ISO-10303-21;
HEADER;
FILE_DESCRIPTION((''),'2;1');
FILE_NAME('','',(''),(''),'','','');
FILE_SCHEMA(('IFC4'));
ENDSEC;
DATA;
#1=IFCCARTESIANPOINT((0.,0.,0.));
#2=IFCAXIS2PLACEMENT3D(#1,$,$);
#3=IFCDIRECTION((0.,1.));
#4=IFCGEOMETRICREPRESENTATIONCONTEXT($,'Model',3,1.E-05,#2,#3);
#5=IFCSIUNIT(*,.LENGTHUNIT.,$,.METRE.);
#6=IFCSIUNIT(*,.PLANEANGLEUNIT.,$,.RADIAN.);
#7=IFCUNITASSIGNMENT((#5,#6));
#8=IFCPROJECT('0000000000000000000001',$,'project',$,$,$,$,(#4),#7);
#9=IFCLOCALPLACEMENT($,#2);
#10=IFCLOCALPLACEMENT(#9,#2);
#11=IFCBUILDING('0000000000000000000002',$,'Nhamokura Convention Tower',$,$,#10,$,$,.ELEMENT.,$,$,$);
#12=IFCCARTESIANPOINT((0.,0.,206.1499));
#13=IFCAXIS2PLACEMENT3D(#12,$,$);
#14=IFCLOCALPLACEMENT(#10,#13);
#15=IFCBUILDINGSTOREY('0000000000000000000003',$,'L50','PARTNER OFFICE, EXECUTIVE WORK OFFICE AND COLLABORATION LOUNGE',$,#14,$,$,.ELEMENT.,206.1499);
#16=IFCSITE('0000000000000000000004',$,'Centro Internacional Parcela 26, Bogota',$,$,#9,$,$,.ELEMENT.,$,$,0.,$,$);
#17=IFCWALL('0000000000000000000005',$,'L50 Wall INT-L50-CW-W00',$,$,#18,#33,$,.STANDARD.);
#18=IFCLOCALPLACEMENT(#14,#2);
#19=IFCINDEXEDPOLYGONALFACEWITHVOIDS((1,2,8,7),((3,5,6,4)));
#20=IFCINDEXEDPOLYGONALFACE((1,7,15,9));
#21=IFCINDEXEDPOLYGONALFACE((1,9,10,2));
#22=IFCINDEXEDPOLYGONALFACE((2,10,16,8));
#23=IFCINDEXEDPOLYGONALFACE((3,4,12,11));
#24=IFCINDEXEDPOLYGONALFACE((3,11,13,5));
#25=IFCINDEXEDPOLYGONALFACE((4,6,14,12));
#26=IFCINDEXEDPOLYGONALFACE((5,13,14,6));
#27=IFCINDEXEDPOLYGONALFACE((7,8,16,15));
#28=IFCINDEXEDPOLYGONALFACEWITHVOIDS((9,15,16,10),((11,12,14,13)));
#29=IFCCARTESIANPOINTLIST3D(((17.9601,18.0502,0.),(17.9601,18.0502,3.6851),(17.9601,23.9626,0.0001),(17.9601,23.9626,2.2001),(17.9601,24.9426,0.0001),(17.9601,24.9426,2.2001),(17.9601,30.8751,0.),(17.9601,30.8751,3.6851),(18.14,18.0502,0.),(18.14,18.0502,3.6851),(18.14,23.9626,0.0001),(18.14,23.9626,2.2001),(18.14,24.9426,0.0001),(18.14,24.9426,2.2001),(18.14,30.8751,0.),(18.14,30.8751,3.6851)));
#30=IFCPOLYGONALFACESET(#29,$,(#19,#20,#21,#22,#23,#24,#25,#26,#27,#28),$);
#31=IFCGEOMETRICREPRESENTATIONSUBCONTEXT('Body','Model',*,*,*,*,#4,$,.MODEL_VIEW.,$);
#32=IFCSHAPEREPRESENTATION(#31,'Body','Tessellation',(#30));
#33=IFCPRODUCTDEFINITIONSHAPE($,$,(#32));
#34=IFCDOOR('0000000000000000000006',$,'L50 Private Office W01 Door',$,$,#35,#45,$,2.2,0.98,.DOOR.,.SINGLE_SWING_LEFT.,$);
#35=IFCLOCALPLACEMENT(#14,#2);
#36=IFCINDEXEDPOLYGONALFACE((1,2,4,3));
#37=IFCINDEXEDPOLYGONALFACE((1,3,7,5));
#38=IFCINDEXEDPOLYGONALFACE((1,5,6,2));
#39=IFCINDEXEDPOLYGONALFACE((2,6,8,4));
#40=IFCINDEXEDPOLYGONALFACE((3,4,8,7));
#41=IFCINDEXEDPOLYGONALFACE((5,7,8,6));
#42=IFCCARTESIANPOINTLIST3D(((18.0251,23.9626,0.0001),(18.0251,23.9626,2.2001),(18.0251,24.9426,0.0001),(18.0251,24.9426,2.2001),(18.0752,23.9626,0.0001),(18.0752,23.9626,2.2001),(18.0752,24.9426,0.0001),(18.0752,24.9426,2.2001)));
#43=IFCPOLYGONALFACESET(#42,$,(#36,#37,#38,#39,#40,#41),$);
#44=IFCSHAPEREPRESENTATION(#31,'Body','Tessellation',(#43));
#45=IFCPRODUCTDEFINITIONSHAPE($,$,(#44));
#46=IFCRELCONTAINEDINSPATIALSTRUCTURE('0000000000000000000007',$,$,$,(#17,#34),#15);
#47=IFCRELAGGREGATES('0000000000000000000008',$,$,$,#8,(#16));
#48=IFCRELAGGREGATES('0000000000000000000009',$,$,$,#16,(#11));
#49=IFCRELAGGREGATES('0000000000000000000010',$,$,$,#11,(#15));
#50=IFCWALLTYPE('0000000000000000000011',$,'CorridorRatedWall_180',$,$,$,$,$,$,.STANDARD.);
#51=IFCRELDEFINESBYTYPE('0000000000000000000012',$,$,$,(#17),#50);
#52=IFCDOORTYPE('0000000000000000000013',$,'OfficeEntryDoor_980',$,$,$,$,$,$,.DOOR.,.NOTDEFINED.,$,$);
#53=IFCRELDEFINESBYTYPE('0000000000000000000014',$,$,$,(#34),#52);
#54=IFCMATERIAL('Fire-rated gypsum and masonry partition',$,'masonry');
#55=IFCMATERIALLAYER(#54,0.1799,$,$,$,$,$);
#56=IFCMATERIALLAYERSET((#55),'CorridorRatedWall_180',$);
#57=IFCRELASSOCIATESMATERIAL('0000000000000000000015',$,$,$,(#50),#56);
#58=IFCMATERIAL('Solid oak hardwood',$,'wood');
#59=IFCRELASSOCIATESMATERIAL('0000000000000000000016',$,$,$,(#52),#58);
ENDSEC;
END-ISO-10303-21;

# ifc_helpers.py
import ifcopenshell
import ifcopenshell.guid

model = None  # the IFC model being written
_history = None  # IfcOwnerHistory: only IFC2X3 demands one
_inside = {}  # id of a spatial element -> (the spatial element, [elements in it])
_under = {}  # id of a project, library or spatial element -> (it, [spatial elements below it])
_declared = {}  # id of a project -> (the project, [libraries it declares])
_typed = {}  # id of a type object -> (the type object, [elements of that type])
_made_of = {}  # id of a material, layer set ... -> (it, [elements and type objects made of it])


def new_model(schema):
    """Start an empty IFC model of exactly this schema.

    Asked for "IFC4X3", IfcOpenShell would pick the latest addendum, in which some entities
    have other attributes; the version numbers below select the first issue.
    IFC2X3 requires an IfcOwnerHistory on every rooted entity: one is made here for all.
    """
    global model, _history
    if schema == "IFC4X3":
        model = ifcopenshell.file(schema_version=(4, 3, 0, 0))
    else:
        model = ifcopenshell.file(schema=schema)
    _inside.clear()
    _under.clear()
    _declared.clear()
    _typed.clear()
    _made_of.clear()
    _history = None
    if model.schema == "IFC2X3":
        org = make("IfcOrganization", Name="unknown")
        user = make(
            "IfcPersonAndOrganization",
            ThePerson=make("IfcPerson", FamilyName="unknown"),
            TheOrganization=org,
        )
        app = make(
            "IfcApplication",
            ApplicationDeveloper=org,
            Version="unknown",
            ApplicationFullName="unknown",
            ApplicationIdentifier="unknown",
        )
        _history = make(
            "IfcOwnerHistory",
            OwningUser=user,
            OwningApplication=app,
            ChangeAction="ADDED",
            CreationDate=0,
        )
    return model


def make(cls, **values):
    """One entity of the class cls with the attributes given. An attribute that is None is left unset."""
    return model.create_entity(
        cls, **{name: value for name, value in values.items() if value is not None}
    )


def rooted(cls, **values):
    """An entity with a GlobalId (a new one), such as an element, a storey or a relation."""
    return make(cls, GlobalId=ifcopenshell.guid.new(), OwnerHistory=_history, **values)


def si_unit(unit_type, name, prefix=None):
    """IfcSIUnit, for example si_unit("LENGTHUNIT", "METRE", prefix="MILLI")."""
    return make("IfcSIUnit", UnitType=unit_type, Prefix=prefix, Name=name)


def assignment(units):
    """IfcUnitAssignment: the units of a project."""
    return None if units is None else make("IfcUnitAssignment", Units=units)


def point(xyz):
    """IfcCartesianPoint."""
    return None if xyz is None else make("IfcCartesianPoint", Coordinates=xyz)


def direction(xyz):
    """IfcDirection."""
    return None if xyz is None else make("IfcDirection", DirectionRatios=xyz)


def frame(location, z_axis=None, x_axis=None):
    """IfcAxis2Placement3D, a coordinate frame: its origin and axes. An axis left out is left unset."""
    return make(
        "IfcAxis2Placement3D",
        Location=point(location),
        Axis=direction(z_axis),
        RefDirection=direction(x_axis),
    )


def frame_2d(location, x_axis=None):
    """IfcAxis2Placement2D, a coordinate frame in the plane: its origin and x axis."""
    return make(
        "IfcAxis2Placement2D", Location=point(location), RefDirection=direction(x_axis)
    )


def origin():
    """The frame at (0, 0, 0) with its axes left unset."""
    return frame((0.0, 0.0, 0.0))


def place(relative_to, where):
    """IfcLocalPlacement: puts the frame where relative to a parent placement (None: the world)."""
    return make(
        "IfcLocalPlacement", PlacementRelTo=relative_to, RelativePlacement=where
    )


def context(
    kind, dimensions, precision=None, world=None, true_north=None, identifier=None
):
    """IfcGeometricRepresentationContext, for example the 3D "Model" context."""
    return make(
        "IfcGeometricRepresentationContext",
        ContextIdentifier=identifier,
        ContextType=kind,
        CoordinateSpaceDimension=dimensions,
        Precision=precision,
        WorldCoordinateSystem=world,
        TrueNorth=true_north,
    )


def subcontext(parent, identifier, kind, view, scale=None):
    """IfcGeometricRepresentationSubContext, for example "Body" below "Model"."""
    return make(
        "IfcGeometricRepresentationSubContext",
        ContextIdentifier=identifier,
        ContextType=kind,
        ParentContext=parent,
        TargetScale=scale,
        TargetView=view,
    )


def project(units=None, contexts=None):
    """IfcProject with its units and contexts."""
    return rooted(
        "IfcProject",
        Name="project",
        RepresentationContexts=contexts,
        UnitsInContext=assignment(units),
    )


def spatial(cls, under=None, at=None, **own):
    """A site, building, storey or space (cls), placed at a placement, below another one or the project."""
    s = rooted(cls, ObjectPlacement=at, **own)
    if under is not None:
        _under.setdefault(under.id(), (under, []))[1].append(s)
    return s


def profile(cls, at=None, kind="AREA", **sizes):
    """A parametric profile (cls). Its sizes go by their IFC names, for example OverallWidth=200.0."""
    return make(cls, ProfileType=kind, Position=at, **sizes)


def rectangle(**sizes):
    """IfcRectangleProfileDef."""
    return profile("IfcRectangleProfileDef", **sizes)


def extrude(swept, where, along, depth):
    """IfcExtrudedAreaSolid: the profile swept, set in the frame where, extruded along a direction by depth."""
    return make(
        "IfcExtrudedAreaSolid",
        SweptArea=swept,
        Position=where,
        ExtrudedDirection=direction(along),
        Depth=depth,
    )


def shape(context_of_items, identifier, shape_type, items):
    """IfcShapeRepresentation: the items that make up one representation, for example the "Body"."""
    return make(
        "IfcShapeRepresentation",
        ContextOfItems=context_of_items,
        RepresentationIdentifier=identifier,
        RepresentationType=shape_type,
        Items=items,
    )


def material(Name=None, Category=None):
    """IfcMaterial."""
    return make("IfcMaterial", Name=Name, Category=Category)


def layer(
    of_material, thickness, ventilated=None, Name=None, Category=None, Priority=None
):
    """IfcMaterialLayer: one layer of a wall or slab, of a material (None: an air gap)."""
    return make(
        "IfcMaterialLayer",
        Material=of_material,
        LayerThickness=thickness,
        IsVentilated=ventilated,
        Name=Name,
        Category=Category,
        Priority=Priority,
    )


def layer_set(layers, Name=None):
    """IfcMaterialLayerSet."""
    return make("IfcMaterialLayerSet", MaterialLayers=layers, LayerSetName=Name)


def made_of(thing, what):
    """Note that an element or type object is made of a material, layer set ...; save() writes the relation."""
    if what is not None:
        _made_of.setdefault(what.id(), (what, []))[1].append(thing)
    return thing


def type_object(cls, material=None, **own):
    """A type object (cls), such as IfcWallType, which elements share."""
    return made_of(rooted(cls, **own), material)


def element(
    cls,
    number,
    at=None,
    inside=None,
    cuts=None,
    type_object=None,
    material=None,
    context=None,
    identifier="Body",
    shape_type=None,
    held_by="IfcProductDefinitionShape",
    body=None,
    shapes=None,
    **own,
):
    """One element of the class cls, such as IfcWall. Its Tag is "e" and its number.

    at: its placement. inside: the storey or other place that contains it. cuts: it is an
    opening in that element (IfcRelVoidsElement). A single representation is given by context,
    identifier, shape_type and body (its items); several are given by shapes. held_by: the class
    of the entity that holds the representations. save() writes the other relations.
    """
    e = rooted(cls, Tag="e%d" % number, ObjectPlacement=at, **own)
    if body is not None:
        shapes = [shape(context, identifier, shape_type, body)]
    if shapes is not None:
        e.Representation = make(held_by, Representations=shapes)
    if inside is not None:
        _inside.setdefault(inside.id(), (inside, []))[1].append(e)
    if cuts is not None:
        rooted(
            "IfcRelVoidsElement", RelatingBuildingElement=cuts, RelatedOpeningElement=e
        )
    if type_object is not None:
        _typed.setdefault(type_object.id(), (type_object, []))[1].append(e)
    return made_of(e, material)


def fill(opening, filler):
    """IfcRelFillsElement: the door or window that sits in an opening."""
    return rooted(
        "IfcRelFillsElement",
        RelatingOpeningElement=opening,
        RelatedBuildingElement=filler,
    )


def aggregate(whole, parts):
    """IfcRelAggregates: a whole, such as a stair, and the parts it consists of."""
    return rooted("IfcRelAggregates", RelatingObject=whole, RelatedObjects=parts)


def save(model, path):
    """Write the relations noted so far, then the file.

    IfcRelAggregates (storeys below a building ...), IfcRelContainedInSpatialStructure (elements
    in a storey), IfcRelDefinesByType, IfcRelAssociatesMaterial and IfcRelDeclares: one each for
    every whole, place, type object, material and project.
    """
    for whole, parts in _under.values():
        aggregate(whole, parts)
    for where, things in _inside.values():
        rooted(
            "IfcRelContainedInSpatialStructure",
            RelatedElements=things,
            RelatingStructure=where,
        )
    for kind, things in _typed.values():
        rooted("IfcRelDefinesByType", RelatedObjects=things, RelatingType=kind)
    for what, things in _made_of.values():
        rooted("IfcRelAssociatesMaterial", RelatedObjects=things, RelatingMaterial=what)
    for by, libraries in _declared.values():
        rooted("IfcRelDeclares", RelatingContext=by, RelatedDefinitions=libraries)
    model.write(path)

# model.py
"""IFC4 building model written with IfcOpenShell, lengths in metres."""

from ifc_helpers import new_model, si_unit, direction, frame, frame_2d, origin, place, context, subcontext, project, spatial, rectangle, extrude, material, layer, layer_set, type_object, element, fill, save


model = new_model("IFC4")

# Units and contexts
model_context = context("Model", 3, precision=1e-05, world=origin(), true_north=direction((0.0, 1.0)))
body_context = subcontext(model_context, "Body", "Model", "MODEL_VIEW")
ifc_project = project(units=[si_unit("LENGTHUNIT", "METRE"), si_unit("PLANEANGLEUNIT", "RADIAN")], contexts=[model_context])

# Site, building, storey
site_placement = place(None, origin())
site = spatial("IfcSite", under=ifc_project, at=site_placement, Name="Centro Internacional Parcela 26, Bogota", CompositionType="ELEMENT", RefElevation=0.0)
building_placement = place(site_placement, origin())
building = spatial("IfcBuilding", under=site, at=building_placement, Name="Nhamokura Convention Tower", CompositionType="ELEMENT")
storey_placement = place(building_placement, frame((0.0, 0.0, 206.1499)))
storey = spatial("IfcBuildingStorey", under=building, at=storey_placement, Name="L50", Description="PARTNER OFFICE, EXECUTIVE WORK OFFICE AND COLLABORATION LOUNGE", CompositionType="ELEMENT", Elevation=206.1499)

# Wall, opening, door
ifc_material_1 = material(Name="Fire-rated gypsum and masonry partition", Category="masonry")
ifc_layer_1 = layer(ifc_material_1, 0.1799)
ifc_layer_set_1 = layer_set([ifc_layer_1], Name="CorridorRatedWall_180")
wall_type_1 = type_object("IfcWallType", Name="CorridorRatedWall_180", PredefinedType="STANDARD", material=ifc_layer_set_1)
ifc_material_2 = material(Name="Solid oak hardwood", Category="wood")
door_type = type_object("IfcDoorType", Name="OfficeEntryDoor_980", OperationType="NOTDEFINED", PredefinedType="DOOR", material=ifc_material_2)
wall_1_placement = place(storey_placement, frame((18.05, 18.05, 0.0), z_axis=(0.0, 0.0, 1.0), x_axis=(0.0, 1.0, 0.0)))
wall_1 = element("IfcWall", 1, at=wall_1_placement, inside=storey, type_object=wall_type_1, Name="L50 Wall INT-L50-CW-W00", PredefinedType="STANDARD", context=body_context, shape_type="SweptSolid", body=[
    extrude(rectangle(XDim=12.825, YDim=0.1799, at=frame_2d((6.4126, 0.0))), origin(), (0.0, 0.0, 1.0), 3.6851),
])
opening_1_placement = place(wall_1_placement, frame((5.9126, 0.0, 0.0)))
opening_1 = element("IfcOpeningElement", 2, at=opening_1_placement, cuts=wall_1, PredefinedType="OPENING", context=body_context, shape_type="SweptSolid", body=[
    extrude(rectangle(XDim=0.98, YDim=2.2, at=frame_2d((0.49, 1.1001))), frame((0.0, 0.0999, 0.0), z_axis=(0.0, -1.0, 0.0), x_axis=(1.0, 0.0, 0.0)), (0.0, 0.0, 1.0), 0.2),
])
door_1_placement = place(opening_1_placement, origin())
door_1 = element("IfcDoor", 3, at=door_1_placement, inside=storey, type_object=door_type, Name="L50 Private Office W01 Door", OperationType="SINGLE_SWING_LEFT", OverallHeight=2.2, OverallWidth=0.98, PredefinedType="DOOR", context=body_context, shape_type="SweptSolid", body=[
    extrude(rectangle(XDim=0.98, YDim=2.2, at=frame_2d((0.49, 1.1001))), frame((0.0, 0.0249, 0.0), z_axis=(0.0, -1.0, 0.0), x_axis=(1.0, 0.0, 0.0)), (0.0, 0.0, 1.0), 0.05),
])
fill(opening_1, door_1)

save(model, "model.ifc")
